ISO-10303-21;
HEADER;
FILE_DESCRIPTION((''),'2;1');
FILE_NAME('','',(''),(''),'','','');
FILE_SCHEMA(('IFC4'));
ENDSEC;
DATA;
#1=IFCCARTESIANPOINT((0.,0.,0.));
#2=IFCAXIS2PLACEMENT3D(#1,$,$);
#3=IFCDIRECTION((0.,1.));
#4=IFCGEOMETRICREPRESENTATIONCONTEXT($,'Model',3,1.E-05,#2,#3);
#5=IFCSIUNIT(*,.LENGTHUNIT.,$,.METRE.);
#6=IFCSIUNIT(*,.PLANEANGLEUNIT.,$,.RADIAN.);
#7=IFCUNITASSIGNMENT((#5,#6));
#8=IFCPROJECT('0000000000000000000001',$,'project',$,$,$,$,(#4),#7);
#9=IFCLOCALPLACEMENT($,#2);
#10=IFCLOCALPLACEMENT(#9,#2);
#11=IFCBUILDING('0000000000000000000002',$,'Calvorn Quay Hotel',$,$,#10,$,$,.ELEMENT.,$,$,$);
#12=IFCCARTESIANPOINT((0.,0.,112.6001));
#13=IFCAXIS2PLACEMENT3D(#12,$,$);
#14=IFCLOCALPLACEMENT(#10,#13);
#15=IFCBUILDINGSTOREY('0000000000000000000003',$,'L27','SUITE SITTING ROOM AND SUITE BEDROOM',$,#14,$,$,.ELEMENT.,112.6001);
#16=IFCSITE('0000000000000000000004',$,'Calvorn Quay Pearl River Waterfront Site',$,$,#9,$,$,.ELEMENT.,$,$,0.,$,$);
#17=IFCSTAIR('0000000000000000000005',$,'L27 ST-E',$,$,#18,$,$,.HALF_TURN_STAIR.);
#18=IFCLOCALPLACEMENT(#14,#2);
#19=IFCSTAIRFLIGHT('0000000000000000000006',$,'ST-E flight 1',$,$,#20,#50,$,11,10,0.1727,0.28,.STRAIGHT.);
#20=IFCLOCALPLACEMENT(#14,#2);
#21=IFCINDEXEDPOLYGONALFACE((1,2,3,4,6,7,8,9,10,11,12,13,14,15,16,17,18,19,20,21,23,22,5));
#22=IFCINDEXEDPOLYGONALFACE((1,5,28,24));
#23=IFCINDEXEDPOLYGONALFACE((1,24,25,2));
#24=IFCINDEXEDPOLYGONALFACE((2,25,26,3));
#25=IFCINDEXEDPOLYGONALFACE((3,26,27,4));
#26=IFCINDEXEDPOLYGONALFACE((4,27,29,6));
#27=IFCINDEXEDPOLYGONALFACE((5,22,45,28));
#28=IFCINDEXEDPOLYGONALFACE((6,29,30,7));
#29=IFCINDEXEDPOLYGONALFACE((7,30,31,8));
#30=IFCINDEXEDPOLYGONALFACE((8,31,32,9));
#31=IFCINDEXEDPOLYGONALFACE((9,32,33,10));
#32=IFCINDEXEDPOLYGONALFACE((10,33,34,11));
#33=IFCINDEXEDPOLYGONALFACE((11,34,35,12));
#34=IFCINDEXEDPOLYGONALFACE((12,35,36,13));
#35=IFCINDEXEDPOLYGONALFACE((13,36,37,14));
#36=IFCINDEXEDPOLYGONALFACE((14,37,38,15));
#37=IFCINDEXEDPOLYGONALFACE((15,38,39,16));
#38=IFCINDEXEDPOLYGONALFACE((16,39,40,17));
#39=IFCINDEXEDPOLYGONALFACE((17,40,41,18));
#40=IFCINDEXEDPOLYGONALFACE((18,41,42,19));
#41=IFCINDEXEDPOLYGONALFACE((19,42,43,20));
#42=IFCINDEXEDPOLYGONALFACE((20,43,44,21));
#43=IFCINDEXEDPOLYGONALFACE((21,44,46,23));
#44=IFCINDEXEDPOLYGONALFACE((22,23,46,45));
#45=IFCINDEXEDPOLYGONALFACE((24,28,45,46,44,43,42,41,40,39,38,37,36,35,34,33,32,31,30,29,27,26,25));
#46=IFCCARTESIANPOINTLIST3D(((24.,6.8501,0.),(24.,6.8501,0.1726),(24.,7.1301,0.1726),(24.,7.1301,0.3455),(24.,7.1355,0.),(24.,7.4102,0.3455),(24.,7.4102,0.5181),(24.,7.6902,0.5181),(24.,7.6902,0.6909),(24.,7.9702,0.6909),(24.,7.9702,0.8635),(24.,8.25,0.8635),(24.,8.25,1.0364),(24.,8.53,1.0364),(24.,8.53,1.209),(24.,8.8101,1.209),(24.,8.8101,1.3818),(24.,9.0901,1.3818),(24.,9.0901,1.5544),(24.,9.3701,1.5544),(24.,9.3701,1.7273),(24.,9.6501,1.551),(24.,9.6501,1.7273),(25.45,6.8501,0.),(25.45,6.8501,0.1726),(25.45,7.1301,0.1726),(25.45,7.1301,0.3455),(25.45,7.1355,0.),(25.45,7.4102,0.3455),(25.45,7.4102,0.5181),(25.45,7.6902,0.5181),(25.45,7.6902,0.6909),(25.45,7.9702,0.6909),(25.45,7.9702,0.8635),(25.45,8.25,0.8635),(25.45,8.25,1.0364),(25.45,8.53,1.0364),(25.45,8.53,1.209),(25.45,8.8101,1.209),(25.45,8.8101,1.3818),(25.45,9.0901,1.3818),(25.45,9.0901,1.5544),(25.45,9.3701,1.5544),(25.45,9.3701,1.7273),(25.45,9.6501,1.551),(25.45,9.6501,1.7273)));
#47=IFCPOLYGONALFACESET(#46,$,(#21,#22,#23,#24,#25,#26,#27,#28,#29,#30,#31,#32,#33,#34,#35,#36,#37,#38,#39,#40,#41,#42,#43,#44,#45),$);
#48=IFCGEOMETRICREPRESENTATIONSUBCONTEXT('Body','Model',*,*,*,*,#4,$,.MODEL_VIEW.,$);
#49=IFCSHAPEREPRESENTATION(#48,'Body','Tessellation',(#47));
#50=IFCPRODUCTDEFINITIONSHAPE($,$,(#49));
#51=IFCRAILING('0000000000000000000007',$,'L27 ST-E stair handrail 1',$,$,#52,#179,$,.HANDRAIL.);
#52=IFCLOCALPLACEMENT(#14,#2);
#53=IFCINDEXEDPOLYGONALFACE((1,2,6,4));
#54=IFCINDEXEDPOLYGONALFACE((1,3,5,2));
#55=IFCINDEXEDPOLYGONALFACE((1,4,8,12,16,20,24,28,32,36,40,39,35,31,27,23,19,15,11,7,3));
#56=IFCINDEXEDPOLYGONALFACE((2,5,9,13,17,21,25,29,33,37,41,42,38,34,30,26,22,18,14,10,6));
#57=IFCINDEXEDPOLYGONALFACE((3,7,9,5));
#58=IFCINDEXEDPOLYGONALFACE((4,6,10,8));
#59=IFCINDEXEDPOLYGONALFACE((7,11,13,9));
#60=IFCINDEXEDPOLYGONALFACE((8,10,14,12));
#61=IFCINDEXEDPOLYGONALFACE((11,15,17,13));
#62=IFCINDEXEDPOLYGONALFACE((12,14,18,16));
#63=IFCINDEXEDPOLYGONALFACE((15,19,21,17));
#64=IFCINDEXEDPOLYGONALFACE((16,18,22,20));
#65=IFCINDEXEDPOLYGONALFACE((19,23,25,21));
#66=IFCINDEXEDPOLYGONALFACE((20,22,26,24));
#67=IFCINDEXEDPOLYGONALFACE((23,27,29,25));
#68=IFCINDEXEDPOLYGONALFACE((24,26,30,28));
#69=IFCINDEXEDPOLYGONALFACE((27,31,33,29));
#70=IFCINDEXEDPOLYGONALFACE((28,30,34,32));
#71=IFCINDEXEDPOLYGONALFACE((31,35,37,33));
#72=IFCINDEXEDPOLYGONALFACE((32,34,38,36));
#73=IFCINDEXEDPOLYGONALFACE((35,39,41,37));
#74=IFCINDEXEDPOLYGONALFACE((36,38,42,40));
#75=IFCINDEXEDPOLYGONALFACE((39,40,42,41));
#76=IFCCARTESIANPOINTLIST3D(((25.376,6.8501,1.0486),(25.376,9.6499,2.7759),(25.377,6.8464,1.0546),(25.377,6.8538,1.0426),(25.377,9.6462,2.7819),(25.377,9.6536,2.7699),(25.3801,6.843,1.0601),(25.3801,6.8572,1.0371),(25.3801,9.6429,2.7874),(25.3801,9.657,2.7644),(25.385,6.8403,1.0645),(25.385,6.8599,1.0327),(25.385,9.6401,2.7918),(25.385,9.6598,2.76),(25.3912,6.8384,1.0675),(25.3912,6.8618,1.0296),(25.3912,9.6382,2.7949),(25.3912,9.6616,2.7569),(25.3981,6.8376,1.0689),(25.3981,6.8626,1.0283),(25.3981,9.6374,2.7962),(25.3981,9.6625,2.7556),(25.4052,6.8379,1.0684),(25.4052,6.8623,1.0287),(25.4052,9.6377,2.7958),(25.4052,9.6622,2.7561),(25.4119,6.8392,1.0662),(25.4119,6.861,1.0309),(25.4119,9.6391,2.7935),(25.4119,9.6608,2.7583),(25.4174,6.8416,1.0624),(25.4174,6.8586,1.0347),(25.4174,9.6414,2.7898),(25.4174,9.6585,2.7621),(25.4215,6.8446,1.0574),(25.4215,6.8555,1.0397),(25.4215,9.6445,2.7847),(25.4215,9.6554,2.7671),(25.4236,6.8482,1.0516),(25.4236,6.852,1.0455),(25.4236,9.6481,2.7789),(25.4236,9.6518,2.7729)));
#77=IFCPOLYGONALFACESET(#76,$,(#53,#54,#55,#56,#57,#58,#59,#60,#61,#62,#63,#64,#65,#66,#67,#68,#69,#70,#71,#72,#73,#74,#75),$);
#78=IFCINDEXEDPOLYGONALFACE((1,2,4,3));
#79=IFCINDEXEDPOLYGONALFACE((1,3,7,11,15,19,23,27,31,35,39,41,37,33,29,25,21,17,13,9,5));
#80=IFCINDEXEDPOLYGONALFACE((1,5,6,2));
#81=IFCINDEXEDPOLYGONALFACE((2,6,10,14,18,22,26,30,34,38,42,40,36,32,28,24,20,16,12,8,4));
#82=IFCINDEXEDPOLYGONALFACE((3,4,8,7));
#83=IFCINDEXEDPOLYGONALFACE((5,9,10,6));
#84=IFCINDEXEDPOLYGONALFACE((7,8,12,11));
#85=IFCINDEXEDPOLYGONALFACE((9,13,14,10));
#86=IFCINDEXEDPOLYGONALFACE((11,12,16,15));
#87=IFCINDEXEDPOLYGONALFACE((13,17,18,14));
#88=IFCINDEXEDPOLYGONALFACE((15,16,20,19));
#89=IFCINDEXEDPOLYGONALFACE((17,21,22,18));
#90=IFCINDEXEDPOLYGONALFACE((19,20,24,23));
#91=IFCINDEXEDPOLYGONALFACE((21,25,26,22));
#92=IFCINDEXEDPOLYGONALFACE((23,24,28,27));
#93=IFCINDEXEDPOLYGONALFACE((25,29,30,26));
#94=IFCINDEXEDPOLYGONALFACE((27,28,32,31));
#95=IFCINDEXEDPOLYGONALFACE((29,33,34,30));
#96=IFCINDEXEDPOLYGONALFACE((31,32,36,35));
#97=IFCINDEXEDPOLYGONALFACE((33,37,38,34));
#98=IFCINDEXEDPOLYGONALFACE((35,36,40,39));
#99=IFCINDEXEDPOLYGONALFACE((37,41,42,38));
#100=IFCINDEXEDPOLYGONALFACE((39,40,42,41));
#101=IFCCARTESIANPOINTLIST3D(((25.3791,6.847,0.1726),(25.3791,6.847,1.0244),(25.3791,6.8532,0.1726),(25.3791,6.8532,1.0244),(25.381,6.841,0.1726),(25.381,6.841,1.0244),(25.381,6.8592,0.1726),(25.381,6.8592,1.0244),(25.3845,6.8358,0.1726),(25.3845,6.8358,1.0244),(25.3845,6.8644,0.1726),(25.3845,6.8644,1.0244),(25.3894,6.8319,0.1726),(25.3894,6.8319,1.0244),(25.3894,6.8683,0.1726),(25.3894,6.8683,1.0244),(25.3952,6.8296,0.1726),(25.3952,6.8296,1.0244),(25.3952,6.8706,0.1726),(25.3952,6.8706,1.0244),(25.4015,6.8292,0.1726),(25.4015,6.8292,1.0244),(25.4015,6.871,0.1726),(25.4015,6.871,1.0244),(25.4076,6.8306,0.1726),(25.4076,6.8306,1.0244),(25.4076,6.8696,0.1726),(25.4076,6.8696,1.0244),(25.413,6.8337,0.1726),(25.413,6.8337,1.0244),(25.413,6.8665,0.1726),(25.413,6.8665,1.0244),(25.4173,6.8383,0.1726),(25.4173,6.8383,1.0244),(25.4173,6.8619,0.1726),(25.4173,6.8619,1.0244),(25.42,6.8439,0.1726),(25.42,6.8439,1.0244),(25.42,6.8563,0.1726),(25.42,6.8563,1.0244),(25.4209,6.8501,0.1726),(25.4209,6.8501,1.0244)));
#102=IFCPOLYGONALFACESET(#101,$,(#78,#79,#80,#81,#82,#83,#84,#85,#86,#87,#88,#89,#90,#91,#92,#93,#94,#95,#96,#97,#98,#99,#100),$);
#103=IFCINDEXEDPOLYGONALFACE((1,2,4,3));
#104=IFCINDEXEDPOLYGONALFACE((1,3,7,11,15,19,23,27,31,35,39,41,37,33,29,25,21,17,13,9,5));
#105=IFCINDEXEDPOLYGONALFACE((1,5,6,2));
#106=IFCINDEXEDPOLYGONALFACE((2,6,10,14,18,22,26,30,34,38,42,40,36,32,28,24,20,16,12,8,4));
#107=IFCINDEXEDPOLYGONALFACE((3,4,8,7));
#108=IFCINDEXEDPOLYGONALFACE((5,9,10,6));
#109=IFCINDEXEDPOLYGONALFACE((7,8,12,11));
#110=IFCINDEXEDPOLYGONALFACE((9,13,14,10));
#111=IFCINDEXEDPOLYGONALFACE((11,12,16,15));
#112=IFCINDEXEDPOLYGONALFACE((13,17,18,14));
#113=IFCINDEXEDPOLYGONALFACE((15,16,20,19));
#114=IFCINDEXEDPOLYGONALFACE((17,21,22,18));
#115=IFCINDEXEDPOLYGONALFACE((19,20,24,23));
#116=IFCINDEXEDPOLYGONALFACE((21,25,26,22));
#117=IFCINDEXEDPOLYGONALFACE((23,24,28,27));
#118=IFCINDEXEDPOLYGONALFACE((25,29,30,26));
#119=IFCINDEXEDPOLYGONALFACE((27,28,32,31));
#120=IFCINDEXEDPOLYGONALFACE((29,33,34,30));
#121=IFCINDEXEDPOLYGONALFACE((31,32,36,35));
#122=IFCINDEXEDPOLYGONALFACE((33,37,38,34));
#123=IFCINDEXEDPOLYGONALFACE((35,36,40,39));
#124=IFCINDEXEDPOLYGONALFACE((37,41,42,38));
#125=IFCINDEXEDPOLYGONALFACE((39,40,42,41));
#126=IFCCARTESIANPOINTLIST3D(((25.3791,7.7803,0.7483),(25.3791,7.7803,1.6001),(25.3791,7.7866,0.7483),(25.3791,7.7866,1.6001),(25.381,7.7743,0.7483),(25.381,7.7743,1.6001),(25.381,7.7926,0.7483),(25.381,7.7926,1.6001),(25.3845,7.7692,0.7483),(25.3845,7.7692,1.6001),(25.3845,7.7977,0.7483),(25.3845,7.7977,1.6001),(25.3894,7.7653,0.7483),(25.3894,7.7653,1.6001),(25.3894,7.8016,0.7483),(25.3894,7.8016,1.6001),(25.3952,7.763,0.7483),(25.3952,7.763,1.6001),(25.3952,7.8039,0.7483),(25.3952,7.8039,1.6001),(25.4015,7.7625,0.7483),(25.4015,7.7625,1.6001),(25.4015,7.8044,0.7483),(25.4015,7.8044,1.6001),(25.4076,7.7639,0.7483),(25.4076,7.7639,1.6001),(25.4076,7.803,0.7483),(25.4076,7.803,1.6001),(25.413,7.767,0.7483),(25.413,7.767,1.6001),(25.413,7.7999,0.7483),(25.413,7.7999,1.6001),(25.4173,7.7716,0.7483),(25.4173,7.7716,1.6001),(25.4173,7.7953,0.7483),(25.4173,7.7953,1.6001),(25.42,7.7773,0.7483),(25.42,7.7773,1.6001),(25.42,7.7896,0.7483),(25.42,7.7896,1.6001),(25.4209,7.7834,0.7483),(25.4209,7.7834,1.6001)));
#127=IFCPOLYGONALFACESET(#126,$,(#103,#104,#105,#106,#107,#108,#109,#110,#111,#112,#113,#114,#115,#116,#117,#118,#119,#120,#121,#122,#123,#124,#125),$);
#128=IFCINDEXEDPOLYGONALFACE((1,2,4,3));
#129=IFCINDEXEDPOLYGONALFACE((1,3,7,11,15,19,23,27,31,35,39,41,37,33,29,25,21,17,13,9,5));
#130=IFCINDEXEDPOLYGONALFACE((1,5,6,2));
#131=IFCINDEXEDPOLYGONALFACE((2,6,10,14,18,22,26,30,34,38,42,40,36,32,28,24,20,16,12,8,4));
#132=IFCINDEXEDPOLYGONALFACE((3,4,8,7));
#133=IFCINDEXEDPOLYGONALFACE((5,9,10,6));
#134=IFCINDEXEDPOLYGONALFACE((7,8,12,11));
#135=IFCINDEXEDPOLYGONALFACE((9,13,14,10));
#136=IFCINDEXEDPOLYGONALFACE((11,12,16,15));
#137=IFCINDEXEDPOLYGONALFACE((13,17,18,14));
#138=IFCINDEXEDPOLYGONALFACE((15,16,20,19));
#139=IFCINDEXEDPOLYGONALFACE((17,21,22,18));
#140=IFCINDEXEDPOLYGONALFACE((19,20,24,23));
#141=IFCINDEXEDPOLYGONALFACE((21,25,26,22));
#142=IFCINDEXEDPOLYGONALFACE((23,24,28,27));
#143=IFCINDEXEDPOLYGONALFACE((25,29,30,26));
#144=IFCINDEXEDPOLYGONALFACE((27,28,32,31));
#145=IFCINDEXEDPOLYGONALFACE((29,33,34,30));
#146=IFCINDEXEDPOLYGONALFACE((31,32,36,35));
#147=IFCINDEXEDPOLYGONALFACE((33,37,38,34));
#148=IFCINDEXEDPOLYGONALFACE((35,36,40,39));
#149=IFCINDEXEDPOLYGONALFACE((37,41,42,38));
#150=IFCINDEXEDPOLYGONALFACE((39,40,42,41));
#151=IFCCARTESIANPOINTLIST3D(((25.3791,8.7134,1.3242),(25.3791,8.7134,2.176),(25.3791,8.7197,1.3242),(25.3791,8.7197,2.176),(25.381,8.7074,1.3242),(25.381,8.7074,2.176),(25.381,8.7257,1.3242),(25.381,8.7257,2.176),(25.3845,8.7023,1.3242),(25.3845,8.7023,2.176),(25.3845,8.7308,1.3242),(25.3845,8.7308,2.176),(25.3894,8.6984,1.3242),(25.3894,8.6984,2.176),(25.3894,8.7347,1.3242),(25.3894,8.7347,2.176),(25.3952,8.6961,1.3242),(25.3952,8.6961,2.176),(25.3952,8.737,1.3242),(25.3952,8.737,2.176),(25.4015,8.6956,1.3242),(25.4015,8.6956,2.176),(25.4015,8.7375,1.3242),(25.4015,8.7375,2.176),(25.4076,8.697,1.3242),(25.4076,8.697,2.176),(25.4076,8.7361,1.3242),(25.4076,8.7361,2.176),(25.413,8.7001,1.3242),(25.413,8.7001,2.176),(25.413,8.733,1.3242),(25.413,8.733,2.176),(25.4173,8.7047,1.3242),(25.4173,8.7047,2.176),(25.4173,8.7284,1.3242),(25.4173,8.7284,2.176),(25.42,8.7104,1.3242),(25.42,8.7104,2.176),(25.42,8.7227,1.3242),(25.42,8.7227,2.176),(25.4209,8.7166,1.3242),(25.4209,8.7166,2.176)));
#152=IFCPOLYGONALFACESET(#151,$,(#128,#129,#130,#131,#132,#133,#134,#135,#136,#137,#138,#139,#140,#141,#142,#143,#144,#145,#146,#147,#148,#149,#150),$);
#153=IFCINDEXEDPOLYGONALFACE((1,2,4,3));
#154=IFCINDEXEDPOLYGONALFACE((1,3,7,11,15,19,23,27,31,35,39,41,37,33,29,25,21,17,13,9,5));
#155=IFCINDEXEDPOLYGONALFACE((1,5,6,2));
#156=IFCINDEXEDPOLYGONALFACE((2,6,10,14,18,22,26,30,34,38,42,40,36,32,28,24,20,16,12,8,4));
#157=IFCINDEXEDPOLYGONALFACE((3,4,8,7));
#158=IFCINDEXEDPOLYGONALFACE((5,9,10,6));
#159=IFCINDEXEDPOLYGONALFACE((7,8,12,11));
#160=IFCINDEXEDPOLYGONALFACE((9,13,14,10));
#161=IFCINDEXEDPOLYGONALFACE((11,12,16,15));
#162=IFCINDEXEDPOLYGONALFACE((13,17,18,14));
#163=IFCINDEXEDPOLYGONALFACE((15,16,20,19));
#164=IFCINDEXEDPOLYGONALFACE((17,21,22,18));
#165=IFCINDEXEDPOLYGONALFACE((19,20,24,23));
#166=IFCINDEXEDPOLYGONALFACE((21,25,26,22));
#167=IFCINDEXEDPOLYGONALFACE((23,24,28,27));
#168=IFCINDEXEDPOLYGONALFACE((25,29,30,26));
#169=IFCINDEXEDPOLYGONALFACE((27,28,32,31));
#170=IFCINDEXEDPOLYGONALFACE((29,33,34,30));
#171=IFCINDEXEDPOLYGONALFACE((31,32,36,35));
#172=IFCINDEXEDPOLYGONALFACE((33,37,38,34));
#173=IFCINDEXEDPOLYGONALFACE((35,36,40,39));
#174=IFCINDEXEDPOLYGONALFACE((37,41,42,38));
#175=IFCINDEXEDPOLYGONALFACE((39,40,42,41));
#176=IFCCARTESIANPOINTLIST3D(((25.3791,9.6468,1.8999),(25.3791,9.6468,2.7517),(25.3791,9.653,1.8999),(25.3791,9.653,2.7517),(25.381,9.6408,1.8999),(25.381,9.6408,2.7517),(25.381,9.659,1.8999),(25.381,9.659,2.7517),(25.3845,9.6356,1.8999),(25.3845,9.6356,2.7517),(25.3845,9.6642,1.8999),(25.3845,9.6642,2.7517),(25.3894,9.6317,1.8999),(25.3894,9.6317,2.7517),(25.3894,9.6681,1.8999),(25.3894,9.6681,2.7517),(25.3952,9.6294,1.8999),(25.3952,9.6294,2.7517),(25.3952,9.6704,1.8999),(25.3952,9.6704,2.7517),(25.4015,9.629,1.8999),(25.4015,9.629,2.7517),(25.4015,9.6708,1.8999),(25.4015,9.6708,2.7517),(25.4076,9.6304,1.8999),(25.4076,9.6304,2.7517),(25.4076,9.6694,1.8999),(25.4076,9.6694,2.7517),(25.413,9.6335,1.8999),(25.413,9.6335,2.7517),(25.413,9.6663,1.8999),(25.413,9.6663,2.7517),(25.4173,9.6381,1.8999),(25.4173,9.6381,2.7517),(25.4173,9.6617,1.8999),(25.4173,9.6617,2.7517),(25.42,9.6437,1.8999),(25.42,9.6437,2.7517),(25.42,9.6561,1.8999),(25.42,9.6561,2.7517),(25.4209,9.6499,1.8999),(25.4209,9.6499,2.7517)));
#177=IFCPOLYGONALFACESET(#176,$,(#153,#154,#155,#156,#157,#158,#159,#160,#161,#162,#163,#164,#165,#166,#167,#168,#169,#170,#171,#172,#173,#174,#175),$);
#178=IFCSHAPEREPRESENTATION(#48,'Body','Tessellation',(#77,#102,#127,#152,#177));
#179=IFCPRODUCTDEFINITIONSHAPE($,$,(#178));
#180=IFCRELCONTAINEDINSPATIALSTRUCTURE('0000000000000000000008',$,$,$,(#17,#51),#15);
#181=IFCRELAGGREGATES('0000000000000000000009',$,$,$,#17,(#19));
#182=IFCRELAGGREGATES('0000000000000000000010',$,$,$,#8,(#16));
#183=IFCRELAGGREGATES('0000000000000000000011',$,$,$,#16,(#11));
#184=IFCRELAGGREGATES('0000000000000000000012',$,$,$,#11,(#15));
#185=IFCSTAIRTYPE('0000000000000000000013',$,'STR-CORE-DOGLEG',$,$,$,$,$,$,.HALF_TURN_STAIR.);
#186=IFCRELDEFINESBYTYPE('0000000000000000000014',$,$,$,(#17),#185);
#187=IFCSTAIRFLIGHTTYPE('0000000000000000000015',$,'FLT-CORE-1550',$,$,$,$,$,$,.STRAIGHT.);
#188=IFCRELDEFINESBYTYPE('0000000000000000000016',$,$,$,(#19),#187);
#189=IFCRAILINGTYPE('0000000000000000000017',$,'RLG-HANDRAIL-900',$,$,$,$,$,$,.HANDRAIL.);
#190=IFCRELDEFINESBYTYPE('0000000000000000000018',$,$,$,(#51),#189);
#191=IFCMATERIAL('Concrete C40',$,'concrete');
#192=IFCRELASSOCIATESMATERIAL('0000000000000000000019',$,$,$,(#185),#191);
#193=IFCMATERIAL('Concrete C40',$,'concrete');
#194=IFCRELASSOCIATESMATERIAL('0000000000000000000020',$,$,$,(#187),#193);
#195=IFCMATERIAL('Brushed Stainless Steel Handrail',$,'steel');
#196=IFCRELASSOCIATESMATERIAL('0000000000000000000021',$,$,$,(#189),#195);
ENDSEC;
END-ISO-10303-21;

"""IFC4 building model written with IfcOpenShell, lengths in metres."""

from ifc_helpers import new_model, si_unit, direction, frame, origin, origin_2d, place, context, subcontext, project, spatial, polyline, circle, outline, extrude, material, type_object, element, aggregate, save


model = new_model("IFC4")

# Units and contexts
model_context = context("Model", 3, precision=1e-05, world=origin(), true_north=direction((0.0, 1.0)))
body_context = subcontext(model_context, "Body", "Model", "MODEL_VIEW")
ifc_project = project(units=[si_unit("LENGTHUNIT", "METRE"), si_unit("PLANEANGLEUNIT", "RADIAN")], contexts=[model_context])

# Site, building, storey
site_placement = place(None, origin())
site = spatial("IfcSite", under=ifc_project, at=site_placement, Name="Calvorn Quay Pearl River Waterfront Site", CompositionType="ELEMENT", RefElevation=0.0)
building_placement = place(site_placement, origin())
building = spatial("IfcBuilding", under=site, at=building_placement, Name="Calvorn Quay Hotel", CompositionType="ELEMENT")
storey_placement = place(building_placement, frame((0.0, 0.0, 112.6001)))
storey = spatial("IfcBuildingStorey", under=building, at=storey_placement, Name="L27", Description="SUITE SITTING ROOM AND SUITE BEDROOM", CompositionType="ELEMENT", Elevation=112.6001)

# Stair, stair flight
ifc_material_1 = material(Name="Concrete C40", Category="concrete")
stair_type = type_object("IfcStairType", Name="STR-CORE-DOGLEG", PredefinedType="HALF_TURN_STAIR", material=ifc_material_1)
stair_placement = place(storey_placement, origin())
stair = element("IfcStair", 1, at=stair_placement, inside=storey, type_object=stair_type, Name="L27 ST-E", PredefinedType="HALF_TURN_STAIR")
ifc_material_2 = material(Name="Concrete C40", Category="concrete")
stair_flight_type = type_object("IfcStairFlightType", Name="FLT-CORE-1550", PredefinedType="STRAIGHT", material=ifc_material_2)
stair_flight_placement = place(storey_placement, frame((24.7251, 6.8501, 0.0), z_axis=(0.0, 0.0, 1.0), x_axis=(0.0, 1.0, 0.0)))
stair_flight = element("IfcStairFlight", 2, at=stair_flight_placement, type_object=stair_flight_type, Name="ST-E flight 1", NumberOfRisers=11, NumberOfTreads=10, PredefinedType="STRAIGHT", RiserHeight=0.1727, TreadLength=0.28, context=body_context, shape_type="SweptSolid", body=[
    extrude(outline(polyline([(0.0, 0.0), (0.0, 0.1726), (0.28, 0.1726), (0.28, 0.3455), (0.5601, 0.3455), (0.5601, 0.5181), (0.8401, 0.5181), (0.8401, 0.6909), (1.1201, 0.6909), (1.1201, 0.8635), (1.3999, 0.8635), (1.3999, 1.0364), (1.6799, 1.0364), (1.6799, 1.209), (1.96, 1.209), (1.96, 1.3818), (2.24, 1.3818), (2.24, 1.5544), (2.52, 1.5544), (2.52, 1.7273), (2.8, 1.7273), (2.8, 1.8999), (2.8, 1.551), (0.2854, 0.0), (0.0, 0.0)])), frame((0.0, 0.7251, 0.0), z_axis=(0.0, -1.0, 0.0), x_axis=(1.0, 0.0, 0.0)), (0.0, 0.0, 1.0), 1.45),
])
aggregate(stair, [stair_flight])

# Railing
ifc_material_3 = material(Name="Brushed Stainless Steel Handrail", Category="steel")
railing_type_1 = type_object("IfcRailingType", Name="RLG-HANDRAIL-900", PredefinedType="HANDRAIL", material=ifc_material_3)
railing_1_placement = place(storey_placement, frame((25.3999, 6.8501, 0.1726)))
element("IfcRailing", 3, at=railing_1_placement, inside=storey, type_object=railing_type_1, Name="L27 ST-E stair handrail 1", PredefinedType="HANDRAIL", context=body_context, shape_type="SweptSolid", body=[
    extrude(circle(Radius=0.0239, at=origin_2d()), frame((0.0, 0.0, 0.876), z_axis=(0.0, 0.851069, 0.525054), x_axis=(-1.0, 0.0, 0.0)), (0.0, 0.0, 1.0), 3.2898),
    extrude(circle(Radius=0.021, at=origin_2d()), origin(), (0.0, 0.0, 1.0), 0.8518),
    extrude(circle(Radius=0.021, at=origin_2d()), frame((0.0, 0.9333, 0.5757)), (0.0, 0.0, 1.0), 0.8518),
    extrude(circle(Radius=0.021, at=origin_2d()), frame((0.0, 1.8665, 1.1516)), (0.0, 0.0, 1.0), 0.8518),
    extrude(circle(Radius=0.021, at=origin_2d()), frame((0.0, 2.7998, 1.7273)), (0.0, 0.0, 1.0), 0.8518),
])

save(model, "model.ifc")
